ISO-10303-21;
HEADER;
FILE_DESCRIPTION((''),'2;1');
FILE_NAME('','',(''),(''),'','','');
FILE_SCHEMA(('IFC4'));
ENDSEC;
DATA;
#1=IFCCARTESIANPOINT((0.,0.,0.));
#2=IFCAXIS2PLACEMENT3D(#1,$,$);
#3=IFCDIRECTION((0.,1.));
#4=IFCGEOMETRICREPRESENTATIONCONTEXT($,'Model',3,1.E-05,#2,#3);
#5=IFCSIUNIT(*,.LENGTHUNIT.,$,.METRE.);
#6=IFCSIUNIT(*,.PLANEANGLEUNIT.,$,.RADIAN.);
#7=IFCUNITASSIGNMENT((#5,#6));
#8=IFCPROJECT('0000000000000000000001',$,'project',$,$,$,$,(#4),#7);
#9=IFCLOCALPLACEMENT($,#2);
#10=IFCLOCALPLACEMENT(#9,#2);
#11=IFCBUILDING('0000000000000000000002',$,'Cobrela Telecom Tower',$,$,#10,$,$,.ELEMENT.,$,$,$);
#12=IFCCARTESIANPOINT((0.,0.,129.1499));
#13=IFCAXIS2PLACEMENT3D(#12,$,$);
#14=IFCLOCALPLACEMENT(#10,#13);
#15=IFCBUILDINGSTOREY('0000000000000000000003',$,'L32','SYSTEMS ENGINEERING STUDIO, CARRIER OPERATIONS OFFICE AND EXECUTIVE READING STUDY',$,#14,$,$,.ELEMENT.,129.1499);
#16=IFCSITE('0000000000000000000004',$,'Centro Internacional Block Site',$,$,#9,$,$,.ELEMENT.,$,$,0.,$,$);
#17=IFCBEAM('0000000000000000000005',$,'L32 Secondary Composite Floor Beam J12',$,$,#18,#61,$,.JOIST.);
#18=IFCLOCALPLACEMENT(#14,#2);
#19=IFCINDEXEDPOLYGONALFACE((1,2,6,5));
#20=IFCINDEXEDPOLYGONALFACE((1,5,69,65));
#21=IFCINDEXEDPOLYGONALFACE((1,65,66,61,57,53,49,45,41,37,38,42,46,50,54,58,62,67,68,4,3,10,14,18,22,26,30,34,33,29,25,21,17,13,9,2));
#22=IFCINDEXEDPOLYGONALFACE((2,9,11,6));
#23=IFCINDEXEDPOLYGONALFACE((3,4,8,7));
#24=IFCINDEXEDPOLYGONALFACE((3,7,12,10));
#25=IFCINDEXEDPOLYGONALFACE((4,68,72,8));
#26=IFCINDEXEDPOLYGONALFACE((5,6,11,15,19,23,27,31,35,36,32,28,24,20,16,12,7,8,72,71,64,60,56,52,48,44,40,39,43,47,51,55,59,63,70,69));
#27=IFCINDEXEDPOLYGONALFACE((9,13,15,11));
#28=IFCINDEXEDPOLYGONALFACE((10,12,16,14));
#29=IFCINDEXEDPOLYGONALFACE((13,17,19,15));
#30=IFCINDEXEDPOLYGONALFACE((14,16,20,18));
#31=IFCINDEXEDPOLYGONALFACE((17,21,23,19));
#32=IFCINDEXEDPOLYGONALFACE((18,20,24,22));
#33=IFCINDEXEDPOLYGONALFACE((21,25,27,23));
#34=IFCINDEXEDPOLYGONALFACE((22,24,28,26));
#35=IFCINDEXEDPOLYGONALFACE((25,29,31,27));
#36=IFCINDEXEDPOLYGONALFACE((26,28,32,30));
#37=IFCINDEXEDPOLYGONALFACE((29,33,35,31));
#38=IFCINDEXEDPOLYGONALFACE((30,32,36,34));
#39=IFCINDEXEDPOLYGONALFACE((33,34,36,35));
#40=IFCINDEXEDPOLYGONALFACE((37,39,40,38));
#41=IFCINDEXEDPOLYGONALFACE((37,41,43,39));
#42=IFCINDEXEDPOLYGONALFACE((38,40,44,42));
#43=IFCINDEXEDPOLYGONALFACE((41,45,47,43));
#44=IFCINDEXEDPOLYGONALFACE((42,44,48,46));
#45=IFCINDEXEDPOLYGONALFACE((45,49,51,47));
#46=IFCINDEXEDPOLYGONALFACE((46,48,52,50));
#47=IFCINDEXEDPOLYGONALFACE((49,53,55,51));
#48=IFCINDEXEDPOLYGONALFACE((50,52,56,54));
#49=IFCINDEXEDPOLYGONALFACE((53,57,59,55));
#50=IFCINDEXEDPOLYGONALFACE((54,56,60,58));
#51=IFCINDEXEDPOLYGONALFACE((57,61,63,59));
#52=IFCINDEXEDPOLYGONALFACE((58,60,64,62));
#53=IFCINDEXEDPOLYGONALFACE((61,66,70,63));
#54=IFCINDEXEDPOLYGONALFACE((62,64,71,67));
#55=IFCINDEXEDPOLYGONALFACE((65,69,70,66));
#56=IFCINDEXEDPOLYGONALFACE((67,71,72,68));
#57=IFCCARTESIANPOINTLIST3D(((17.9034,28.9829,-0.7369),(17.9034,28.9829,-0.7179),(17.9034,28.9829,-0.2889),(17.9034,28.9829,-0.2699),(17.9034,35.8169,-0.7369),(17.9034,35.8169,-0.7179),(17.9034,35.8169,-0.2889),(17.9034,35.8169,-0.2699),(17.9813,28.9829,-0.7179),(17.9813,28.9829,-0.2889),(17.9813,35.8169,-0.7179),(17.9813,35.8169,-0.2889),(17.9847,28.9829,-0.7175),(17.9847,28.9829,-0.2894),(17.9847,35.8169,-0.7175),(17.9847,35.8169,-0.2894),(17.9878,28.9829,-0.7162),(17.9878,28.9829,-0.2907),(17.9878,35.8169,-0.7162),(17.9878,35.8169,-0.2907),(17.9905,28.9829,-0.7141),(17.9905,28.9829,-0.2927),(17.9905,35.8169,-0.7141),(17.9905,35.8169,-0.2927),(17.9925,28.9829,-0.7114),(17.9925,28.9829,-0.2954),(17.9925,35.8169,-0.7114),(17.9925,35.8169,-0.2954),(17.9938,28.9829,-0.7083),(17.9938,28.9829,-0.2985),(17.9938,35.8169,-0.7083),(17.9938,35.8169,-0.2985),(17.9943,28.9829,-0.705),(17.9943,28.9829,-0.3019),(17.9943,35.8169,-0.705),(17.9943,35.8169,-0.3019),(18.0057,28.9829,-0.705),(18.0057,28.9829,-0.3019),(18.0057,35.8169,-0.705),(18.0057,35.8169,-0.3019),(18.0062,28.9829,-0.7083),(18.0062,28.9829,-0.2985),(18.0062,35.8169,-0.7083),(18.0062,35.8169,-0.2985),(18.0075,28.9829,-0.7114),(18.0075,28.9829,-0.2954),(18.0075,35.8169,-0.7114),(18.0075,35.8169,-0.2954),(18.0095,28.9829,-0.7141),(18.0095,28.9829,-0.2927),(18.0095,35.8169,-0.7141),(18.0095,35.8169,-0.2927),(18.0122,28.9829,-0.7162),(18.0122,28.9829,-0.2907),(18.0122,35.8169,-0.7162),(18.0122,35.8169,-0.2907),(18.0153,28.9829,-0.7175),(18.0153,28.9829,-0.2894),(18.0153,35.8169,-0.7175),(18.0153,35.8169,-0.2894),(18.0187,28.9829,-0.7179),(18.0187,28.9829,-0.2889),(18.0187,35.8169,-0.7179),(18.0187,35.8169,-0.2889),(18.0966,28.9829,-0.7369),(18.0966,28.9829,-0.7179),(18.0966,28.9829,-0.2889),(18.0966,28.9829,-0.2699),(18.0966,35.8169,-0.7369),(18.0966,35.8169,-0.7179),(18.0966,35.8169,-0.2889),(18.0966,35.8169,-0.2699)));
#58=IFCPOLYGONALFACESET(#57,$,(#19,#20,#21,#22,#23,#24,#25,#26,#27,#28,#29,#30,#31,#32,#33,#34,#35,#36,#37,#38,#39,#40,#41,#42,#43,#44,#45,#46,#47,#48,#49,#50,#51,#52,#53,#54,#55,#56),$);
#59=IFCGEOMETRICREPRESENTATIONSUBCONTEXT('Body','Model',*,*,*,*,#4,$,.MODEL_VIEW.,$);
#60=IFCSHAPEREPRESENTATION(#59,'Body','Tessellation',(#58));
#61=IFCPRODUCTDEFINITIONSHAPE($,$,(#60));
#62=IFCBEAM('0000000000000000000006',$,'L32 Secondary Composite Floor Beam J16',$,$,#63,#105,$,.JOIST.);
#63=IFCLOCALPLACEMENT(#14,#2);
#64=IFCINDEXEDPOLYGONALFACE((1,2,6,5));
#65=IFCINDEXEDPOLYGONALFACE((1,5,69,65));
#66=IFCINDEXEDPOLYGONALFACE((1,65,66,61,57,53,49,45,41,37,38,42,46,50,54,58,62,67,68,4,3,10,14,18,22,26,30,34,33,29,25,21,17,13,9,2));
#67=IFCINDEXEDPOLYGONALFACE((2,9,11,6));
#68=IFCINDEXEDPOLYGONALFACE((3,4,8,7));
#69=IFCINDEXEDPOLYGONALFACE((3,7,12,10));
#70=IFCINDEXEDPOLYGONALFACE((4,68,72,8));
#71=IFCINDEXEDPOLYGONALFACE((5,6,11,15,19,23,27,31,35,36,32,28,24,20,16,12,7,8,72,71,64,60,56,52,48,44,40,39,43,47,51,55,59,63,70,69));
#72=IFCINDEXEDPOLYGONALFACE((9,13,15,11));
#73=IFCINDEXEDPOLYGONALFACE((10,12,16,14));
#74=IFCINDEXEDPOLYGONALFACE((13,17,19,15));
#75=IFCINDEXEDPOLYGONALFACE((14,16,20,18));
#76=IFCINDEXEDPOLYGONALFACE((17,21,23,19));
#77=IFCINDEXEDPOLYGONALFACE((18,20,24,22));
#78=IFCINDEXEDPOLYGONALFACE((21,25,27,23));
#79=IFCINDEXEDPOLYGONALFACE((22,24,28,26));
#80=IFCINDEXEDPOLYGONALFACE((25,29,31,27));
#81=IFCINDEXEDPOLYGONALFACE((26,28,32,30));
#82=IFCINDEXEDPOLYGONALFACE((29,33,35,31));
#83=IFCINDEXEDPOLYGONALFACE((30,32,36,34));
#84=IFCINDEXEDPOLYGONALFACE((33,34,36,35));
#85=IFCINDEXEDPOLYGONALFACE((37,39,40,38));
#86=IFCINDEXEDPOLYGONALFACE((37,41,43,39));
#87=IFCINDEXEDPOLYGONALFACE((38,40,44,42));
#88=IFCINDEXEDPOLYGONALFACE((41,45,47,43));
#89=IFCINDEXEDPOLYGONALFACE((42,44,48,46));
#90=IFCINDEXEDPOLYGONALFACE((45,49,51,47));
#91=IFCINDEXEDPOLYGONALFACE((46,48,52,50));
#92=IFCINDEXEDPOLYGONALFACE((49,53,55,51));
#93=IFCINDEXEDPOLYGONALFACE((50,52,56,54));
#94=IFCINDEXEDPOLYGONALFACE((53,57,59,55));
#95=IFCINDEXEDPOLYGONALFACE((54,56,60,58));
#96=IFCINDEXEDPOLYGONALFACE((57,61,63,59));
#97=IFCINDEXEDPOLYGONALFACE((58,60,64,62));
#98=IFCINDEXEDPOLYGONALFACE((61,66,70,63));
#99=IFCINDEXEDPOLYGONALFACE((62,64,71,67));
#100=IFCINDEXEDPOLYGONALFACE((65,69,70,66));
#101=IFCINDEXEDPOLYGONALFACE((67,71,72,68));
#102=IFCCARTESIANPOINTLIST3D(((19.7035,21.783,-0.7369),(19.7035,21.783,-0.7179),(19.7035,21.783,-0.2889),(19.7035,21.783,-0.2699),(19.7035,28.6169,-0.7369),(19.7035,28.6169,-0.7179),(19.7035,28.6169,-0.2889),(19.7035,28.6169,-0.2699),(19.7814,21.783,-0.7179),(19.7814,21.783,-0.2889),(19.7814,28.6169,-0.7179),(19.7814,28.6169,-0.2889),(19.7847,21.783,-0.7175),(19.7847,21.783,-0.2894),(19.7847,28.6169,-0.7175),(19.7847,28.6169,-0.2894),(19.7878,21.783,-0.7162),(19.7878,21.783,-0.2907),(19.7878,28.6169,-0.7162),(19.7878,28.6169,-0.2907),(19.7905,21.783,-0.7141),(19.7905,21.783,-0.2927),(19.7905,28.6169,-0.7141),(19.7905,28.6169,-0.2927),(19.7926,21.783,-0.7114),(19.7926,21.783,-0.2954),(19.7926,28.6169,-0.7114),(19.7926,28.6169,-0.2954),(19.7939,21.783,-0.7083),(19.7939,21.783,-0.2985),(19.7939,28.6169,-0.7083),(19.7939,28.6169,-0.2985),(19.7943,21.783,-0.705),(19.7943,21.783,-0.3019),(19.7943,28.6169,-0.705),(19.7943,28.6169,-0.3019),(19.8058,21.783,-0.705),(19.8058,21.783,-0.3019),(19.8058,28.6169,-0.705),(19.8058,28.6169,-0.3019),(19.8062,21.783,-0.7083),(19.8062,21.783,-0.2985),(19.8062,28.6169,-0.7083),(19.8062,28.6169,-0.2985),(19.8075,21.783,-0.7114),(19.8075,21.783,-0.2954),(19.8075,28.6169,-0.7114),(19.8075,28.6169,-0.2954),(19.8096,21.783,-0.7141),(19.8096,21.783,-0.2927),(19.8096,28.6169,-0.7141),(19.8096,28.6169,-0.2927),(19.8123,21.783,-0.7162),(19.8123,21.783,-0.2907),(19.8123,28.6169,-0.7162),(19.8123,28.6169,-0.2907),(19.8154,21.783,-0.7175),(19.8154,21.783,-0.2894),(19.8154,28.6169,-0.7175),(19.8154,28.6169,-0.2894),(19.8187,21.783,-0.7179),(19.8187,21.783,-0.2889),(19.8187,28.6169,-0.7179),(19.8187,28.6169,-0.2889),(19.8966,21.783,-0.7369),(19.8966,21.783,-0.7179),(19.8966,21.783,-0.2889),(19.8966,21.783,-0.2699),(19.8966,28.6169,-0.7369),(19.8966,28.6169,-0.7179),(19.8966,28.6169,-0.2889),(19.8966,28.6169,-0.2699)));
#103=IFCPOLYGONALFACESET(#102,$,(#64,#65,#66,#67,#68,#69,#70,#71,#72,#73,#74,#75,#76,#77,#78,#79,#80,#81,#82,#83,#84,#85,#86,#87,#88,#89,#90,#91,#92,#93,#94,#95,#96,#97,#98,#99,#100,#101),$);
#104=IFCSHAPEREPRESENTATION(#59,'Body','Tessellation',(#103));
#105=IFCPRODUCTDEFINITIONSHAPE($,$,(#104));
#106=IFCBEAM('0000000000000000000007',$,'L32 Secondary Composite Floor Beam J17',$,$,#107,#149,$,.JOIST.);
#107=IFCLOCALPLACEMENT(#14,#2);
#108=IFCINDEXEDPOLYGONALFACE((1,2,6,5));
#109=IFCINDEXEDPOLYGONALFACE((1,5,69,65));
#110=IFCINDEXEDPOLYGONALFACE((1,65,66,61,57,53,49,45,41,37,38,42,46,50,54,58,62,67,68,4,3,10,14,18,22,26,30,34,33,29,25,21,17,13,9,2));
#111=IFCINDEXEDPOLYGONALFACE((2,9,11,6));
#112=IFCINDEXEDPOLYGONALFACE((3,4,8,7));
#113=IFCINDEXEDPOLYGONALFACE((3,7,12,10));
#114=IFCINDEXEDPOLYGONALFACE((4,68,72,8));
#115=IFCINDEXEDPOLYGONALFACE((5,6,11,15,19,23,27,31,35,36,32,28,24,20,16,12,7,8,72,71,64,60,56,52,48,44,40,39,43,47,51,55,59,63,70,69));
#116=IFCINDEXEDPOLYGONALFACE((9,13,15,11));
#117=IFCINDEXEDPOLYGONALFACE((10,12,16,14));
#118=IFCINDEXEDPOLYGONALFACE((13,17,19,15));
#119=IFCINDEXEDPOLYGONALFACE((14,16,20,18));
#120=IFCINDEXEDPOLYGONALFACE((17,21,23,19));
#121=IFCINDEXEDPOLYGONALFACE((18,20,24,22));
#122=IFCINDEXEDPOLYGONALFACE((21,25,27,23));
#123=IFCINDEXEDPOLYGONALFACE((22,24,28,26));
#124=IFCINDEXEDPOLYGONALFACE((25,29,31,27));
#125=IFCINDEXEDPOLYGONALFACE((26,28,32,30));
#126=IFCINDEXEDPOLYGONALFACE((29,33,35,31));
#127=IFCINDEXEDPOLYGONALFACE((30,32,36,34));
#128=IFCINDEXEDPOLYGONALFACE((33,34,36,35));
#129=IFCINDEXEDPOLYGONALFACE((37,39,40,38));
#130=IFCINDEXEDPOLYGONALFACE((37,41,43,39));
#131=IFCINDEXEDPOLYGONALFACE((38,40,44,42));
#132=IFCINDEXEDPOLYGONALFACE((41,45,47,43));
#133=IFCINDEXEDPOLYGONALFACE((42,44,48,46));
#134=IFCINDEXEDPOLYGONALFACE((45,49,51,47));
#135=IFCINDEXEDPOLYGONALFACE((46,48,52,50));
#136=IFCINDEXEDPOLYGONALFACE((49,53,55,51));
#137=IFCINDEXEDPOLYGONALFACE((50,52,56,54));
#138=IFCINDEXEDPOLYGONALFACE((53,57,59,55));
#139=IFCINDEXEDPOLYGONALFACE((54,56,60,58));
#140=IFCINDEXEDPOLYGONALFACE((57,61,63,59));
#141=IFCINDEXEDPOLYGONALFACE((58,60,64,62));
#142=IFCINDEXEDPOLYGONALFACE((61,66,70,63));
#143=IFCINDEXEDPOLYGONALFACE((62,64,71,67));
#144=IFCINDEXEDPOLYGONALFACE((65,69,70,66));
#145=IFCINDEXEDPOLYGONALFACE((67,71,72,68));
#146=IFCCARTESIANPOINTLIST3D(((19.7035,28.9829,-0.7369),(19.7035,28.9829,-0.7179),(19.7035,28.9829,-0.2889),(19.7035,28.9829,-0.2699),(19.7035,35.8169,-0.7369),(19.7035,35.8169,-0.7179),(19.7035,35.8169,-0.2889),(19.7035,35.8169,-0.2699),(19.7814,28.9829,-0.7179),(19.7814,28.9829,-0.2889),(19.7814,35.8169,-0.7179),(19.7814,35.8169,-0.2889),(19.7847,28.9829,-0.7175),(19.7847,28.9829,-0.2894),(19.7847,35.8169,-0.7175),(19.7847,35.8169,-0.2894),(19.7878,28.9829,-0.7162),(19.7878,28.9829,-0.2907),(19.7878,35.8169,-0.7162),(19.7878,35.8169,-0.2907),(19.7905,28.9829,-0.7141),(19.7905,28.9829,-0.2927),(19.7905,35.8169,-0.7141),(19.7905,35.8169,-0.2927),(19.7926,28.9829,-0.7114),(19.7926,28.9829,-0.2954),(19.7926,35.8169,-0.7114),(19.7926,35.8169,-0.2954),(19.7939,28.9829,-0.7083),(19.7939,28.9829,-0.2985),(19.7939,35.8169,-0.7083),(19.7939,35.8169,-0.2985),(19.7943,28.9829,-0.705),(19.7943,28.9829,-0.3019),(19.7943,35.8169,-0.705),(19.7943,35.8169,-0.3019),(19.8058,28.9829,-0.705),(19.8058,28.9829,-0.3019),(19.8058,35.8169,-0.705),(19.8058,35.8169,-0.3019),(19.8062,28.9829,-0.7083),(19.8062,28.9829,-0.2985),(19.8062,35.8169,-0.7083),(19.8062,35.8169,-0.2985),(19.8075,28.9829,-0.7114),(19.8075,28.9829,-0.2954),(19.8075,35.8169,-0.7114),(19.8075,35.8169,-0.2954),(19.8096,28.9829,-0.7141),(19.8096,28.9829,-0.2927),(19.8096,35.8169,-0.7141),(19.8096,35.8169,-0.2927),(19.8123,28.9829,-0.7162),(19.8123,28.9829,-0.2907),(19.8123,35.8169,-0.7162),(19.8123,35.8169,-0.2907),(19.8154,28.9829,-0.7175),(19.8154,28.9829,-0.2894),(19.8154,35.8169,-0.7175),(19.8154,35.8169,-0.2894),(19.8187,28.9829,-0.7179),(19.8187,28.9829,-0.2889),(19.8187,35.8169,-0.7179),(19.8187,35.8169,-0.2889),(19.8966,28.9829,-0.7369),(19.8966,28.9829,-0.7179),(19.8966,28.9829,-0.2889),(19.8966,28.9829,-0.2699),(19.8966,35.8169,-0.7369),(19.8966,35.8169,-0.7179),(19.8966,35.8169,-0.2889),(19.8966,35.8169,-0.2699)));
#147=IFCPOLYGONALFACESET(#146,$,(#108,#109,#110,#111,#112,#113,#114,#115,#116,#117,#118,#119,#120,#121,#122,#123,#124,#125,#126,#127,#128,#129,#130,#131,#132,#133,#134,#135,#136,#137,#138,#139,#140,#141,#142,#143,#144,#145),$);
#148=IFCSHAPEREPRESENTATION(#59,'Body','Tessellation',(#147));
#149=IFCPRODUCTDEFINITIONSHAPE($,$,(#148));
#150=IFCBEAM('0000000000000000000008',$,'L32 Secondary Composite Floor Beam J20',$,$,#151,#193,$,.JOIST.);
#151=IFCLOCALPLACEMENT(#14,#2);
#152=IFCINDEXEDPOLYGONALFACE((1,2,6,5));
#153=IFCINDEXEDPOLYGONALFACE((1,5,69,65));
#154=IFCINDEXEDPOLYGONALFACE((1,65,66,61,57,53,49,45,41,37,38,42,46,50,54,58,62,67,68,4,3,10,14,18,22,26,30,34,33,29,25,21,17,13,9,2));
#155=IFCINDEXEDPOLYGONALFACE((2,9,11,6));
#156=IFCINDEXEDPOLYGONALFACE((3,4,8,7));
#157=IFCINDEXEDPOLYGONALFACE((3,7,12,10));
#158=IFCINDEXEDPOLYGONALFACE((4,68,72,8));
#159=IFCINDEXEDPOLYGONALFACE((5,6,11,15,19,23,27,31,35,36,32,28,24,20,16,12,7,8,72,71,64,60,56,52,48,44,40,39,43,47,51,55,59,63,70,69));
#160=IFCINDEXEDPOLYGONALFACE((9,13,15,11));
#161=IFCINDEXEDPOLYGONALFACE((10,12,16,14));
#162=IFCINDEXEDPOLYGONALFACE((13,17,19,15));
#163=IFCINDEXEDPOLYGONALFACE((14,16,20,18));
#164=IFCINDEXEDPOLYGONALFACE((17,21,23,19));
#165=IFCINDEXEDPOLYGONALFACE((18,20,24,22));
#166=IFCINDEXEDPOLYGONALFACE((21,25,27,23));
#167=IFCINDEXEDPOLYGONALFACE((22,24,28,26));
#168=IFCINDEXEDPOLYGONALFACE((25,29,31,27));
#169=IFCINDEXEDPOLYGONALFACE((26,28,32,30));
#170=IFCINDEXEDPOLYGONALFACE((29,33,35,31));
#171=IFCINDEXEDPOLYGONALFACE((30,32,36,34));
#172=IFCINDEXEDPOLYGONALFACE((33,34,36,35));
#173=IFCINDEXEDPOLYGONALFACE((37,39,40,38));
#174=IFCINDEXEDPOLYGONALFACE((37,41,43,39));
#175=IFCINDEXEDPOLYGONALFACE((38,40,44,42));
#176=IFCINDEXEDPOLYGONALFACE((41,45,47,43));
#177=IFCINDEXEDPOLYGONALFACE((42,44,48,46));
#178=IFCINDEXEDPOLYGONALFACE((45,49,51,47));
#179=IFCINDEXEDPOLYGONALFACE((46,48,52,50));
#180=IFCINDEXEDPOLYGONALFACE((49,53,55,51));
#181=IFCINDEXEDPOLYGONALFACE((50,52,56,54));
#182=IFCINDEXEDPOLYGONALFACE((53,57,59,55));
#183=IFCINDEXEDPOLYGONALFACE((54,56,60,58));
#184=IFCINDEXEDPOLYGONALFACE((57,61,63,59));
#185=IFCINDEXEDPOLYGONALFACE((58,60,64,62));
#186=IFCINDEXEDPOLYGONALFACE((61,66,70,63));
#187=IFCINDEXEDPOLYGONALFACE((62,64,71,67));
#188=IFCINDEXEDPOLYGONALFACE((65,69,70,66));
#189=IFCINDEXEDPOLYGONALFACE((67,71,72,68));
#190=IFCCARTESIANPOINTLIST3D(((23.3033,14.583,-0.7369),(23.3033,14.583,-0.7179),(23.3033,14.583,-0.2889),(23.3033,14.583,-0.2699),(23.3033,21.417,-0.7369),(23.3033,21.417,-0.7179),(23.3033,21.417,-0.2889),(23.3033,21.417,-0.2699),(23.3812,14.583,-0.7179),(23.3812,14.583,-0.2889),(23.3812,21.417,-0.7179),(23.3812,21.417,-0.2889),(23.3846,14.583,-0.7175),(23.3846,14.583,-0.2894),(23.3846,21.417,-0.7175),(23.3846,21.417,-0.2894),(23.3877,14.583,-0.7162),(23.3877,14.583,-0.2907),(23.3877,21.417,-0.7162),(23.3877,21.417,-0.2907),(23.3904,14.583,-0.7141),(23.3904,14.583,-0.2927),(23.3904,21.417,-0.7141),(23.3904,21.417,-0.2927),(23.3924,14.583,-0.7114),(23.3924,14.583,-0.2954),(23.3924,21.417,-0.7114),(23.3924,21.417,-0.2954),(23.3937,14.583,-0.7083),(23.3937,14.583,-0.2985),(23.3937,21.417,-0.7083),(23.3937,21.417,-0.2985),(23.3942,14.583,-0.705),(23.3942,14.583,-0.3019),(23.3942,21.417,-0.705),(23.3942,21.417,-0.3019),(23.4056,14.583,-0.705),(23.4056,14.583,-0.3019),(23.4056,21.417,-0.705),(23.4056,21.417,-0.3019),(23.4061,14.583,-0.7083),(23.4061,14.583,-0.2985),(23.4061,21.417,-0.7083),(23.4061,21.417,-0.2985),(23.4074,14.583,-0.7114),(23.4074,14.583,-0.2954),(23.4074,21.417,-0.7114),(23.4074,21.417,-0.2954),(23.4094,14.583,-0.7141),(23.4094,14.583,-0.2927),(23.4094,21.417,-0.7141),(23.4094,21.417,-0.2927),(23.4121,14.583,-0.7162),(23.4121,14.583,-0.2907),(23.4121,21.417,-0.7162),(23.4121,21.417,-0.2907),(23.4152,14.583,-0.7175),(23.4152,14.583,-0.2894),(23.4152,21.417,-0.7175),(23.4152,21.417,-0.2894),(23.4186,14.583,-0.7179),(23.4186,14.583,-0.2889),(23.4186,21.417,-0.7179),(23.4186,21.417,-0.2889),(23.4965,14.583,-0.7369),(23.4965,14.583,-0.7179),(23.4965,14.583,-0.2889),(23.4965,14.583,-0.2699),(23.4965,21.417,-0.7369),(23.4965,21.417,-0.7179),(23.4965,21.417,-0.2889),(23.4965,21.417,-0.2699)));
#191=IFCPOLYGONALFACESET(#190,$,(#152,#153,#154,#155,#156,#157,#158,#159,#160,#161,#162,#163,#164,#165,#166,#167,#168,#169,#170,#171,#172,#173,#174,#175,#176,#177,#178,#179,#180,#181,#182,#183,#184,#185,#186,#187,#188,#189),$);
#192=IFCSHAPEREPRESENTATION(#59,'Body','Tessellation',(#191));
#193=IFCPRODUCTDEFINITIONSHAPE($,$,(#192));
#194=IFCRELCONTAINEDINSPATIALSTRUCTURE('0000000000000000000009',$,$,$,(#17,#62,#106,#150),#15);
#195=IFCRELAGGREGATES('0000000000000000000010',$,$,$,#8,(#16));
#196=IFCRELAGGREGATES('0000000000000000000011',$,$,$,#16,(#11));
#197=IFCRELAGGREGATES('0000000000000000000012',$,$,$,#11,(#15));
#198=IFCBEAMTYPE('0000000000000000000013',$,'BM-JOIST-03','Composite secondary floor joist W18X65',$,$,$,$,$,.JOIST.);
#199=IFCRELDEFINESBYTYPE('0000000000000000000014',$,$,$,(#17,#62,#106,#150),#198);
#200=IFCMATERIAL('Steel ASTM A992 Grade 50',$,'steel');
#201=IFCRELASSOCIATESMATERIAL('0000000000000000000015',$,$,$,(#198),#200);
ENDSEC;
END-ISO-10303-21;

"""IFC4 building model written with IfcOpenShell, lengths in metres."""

from ifc_helpers import new_model, si_unit, direction, frame, origin, origin_2d, place, context, subcontext, project, spatial, i_section, extrude, material, material_profile, profile_set, type_object, element, save


model = new_model("IFC4")

# Units and contexts
model_context = context("Model", 3, precision=1e-05, world=origin(), true_north=direction((0.0, 1.0)))
body_context = subcontext(model_context, "Body", "Model", "MODEL_VIEW")
ifc_project = project(units=[si_unit("LENGTHUNIT", "METRE"), si_unit("PLANEANGLEUNIT", "RADIAN")], contexts=[model_context])

# Site, building, storey
site_placement = place(None, origin())
site = spatial("IfcSite", under=ifc_project, at=site_placement, Name="Centro Internacional Block Site", CompositionType="ELEMENT", RefElevation=0.0)
building_placement = place(site_placement, origin())
building = spatial("IfcBuilding", under=site, at=building_placement, Name="Cobrela Telecom Tower", CompositionType="ELEMENT")
storey_placement = place(building_placement, frame((0.0, 0.0, 129.1499)))
storey = spatial("IfcBuildingStorey", under=building, at=storey_placement, Name="L32", Description="SYSTEMS ENGINEERING STUDIO, CARRIER OPERATIONS OFFICE AND EXECUTIVE READING STUDY", CompositionType="ELEMENT", Elevation=129.1499)

# Shared definitions
ifc_material_1 = material(Name="Steel ASTM A992 Grade 50", Category="steel")

# Beams
ifc_material_profile_1 = material_profile(ifc_material_1, i_section(OverallWidth=0.1931, OverallDepth=0.467, WebThickness=0.0115, FlangeThickness=0.019, FilletRadius=0.0129, at=origin_2d()), Name="W18X65")
ifc_profile_set_1 = profile_set([ifc_material_profile_1], Name="Steel ASTM A992 Grade 50")
beam_type_1 = type_object("IfcBeamType", Name="BM-JOIST-03", Description="Composite secondary floor joist W18X65", PredefinedType="JOIST", material=ifc_profile_set_1)
for number, where, z_axis, x_axis, name in (
    (1, (18.0, 28.9829, -0.5034), (0.0, 1.0, 0.0), (-1.0, 0.0, 0.0), "L32 Secondary Composite Floor Beam J12"),
    (2, (19.8, 21.783, -0.5034), (0.0, 1.0, 0.0), (-1.0, 0.0, 0.0), "L32 Secondary Composite Floor Beam J16"),
    (3, (19.8, 28.9829, -0.5034), (0.0, 1.0, 0.0), (-1.0, 0.0, 0.0), "L32 Secondary Composite Floor Beam J17"),
    (4, (23.3999, 14.583, -0.5034), (0.0, 1.0, 0.0), (-1.0, 0.0, 0.0), "L32 Secondary Composite Floor Beam J20"),
):
    element("IfcBeam", number, at=place(storey_placement, frame(where, z_axis=z_axis, x_axis=x_axis)), inside=storey, type_object=beam_type_1, Name=name, PredefinedType="JOIST", context=body_context, shape_type="SweptSolid", body=[
        extrude(i_section(OverallWidth=0.1931, OverallDepth=0.467, WebThickness=0.0115, FlangeThickness=0.019, FilletRadius=0.0129, at=origin_2d()), origin(), (0.0, 0.0, 1.0), 6.834),
    ])

save(model, "model.ifc")
